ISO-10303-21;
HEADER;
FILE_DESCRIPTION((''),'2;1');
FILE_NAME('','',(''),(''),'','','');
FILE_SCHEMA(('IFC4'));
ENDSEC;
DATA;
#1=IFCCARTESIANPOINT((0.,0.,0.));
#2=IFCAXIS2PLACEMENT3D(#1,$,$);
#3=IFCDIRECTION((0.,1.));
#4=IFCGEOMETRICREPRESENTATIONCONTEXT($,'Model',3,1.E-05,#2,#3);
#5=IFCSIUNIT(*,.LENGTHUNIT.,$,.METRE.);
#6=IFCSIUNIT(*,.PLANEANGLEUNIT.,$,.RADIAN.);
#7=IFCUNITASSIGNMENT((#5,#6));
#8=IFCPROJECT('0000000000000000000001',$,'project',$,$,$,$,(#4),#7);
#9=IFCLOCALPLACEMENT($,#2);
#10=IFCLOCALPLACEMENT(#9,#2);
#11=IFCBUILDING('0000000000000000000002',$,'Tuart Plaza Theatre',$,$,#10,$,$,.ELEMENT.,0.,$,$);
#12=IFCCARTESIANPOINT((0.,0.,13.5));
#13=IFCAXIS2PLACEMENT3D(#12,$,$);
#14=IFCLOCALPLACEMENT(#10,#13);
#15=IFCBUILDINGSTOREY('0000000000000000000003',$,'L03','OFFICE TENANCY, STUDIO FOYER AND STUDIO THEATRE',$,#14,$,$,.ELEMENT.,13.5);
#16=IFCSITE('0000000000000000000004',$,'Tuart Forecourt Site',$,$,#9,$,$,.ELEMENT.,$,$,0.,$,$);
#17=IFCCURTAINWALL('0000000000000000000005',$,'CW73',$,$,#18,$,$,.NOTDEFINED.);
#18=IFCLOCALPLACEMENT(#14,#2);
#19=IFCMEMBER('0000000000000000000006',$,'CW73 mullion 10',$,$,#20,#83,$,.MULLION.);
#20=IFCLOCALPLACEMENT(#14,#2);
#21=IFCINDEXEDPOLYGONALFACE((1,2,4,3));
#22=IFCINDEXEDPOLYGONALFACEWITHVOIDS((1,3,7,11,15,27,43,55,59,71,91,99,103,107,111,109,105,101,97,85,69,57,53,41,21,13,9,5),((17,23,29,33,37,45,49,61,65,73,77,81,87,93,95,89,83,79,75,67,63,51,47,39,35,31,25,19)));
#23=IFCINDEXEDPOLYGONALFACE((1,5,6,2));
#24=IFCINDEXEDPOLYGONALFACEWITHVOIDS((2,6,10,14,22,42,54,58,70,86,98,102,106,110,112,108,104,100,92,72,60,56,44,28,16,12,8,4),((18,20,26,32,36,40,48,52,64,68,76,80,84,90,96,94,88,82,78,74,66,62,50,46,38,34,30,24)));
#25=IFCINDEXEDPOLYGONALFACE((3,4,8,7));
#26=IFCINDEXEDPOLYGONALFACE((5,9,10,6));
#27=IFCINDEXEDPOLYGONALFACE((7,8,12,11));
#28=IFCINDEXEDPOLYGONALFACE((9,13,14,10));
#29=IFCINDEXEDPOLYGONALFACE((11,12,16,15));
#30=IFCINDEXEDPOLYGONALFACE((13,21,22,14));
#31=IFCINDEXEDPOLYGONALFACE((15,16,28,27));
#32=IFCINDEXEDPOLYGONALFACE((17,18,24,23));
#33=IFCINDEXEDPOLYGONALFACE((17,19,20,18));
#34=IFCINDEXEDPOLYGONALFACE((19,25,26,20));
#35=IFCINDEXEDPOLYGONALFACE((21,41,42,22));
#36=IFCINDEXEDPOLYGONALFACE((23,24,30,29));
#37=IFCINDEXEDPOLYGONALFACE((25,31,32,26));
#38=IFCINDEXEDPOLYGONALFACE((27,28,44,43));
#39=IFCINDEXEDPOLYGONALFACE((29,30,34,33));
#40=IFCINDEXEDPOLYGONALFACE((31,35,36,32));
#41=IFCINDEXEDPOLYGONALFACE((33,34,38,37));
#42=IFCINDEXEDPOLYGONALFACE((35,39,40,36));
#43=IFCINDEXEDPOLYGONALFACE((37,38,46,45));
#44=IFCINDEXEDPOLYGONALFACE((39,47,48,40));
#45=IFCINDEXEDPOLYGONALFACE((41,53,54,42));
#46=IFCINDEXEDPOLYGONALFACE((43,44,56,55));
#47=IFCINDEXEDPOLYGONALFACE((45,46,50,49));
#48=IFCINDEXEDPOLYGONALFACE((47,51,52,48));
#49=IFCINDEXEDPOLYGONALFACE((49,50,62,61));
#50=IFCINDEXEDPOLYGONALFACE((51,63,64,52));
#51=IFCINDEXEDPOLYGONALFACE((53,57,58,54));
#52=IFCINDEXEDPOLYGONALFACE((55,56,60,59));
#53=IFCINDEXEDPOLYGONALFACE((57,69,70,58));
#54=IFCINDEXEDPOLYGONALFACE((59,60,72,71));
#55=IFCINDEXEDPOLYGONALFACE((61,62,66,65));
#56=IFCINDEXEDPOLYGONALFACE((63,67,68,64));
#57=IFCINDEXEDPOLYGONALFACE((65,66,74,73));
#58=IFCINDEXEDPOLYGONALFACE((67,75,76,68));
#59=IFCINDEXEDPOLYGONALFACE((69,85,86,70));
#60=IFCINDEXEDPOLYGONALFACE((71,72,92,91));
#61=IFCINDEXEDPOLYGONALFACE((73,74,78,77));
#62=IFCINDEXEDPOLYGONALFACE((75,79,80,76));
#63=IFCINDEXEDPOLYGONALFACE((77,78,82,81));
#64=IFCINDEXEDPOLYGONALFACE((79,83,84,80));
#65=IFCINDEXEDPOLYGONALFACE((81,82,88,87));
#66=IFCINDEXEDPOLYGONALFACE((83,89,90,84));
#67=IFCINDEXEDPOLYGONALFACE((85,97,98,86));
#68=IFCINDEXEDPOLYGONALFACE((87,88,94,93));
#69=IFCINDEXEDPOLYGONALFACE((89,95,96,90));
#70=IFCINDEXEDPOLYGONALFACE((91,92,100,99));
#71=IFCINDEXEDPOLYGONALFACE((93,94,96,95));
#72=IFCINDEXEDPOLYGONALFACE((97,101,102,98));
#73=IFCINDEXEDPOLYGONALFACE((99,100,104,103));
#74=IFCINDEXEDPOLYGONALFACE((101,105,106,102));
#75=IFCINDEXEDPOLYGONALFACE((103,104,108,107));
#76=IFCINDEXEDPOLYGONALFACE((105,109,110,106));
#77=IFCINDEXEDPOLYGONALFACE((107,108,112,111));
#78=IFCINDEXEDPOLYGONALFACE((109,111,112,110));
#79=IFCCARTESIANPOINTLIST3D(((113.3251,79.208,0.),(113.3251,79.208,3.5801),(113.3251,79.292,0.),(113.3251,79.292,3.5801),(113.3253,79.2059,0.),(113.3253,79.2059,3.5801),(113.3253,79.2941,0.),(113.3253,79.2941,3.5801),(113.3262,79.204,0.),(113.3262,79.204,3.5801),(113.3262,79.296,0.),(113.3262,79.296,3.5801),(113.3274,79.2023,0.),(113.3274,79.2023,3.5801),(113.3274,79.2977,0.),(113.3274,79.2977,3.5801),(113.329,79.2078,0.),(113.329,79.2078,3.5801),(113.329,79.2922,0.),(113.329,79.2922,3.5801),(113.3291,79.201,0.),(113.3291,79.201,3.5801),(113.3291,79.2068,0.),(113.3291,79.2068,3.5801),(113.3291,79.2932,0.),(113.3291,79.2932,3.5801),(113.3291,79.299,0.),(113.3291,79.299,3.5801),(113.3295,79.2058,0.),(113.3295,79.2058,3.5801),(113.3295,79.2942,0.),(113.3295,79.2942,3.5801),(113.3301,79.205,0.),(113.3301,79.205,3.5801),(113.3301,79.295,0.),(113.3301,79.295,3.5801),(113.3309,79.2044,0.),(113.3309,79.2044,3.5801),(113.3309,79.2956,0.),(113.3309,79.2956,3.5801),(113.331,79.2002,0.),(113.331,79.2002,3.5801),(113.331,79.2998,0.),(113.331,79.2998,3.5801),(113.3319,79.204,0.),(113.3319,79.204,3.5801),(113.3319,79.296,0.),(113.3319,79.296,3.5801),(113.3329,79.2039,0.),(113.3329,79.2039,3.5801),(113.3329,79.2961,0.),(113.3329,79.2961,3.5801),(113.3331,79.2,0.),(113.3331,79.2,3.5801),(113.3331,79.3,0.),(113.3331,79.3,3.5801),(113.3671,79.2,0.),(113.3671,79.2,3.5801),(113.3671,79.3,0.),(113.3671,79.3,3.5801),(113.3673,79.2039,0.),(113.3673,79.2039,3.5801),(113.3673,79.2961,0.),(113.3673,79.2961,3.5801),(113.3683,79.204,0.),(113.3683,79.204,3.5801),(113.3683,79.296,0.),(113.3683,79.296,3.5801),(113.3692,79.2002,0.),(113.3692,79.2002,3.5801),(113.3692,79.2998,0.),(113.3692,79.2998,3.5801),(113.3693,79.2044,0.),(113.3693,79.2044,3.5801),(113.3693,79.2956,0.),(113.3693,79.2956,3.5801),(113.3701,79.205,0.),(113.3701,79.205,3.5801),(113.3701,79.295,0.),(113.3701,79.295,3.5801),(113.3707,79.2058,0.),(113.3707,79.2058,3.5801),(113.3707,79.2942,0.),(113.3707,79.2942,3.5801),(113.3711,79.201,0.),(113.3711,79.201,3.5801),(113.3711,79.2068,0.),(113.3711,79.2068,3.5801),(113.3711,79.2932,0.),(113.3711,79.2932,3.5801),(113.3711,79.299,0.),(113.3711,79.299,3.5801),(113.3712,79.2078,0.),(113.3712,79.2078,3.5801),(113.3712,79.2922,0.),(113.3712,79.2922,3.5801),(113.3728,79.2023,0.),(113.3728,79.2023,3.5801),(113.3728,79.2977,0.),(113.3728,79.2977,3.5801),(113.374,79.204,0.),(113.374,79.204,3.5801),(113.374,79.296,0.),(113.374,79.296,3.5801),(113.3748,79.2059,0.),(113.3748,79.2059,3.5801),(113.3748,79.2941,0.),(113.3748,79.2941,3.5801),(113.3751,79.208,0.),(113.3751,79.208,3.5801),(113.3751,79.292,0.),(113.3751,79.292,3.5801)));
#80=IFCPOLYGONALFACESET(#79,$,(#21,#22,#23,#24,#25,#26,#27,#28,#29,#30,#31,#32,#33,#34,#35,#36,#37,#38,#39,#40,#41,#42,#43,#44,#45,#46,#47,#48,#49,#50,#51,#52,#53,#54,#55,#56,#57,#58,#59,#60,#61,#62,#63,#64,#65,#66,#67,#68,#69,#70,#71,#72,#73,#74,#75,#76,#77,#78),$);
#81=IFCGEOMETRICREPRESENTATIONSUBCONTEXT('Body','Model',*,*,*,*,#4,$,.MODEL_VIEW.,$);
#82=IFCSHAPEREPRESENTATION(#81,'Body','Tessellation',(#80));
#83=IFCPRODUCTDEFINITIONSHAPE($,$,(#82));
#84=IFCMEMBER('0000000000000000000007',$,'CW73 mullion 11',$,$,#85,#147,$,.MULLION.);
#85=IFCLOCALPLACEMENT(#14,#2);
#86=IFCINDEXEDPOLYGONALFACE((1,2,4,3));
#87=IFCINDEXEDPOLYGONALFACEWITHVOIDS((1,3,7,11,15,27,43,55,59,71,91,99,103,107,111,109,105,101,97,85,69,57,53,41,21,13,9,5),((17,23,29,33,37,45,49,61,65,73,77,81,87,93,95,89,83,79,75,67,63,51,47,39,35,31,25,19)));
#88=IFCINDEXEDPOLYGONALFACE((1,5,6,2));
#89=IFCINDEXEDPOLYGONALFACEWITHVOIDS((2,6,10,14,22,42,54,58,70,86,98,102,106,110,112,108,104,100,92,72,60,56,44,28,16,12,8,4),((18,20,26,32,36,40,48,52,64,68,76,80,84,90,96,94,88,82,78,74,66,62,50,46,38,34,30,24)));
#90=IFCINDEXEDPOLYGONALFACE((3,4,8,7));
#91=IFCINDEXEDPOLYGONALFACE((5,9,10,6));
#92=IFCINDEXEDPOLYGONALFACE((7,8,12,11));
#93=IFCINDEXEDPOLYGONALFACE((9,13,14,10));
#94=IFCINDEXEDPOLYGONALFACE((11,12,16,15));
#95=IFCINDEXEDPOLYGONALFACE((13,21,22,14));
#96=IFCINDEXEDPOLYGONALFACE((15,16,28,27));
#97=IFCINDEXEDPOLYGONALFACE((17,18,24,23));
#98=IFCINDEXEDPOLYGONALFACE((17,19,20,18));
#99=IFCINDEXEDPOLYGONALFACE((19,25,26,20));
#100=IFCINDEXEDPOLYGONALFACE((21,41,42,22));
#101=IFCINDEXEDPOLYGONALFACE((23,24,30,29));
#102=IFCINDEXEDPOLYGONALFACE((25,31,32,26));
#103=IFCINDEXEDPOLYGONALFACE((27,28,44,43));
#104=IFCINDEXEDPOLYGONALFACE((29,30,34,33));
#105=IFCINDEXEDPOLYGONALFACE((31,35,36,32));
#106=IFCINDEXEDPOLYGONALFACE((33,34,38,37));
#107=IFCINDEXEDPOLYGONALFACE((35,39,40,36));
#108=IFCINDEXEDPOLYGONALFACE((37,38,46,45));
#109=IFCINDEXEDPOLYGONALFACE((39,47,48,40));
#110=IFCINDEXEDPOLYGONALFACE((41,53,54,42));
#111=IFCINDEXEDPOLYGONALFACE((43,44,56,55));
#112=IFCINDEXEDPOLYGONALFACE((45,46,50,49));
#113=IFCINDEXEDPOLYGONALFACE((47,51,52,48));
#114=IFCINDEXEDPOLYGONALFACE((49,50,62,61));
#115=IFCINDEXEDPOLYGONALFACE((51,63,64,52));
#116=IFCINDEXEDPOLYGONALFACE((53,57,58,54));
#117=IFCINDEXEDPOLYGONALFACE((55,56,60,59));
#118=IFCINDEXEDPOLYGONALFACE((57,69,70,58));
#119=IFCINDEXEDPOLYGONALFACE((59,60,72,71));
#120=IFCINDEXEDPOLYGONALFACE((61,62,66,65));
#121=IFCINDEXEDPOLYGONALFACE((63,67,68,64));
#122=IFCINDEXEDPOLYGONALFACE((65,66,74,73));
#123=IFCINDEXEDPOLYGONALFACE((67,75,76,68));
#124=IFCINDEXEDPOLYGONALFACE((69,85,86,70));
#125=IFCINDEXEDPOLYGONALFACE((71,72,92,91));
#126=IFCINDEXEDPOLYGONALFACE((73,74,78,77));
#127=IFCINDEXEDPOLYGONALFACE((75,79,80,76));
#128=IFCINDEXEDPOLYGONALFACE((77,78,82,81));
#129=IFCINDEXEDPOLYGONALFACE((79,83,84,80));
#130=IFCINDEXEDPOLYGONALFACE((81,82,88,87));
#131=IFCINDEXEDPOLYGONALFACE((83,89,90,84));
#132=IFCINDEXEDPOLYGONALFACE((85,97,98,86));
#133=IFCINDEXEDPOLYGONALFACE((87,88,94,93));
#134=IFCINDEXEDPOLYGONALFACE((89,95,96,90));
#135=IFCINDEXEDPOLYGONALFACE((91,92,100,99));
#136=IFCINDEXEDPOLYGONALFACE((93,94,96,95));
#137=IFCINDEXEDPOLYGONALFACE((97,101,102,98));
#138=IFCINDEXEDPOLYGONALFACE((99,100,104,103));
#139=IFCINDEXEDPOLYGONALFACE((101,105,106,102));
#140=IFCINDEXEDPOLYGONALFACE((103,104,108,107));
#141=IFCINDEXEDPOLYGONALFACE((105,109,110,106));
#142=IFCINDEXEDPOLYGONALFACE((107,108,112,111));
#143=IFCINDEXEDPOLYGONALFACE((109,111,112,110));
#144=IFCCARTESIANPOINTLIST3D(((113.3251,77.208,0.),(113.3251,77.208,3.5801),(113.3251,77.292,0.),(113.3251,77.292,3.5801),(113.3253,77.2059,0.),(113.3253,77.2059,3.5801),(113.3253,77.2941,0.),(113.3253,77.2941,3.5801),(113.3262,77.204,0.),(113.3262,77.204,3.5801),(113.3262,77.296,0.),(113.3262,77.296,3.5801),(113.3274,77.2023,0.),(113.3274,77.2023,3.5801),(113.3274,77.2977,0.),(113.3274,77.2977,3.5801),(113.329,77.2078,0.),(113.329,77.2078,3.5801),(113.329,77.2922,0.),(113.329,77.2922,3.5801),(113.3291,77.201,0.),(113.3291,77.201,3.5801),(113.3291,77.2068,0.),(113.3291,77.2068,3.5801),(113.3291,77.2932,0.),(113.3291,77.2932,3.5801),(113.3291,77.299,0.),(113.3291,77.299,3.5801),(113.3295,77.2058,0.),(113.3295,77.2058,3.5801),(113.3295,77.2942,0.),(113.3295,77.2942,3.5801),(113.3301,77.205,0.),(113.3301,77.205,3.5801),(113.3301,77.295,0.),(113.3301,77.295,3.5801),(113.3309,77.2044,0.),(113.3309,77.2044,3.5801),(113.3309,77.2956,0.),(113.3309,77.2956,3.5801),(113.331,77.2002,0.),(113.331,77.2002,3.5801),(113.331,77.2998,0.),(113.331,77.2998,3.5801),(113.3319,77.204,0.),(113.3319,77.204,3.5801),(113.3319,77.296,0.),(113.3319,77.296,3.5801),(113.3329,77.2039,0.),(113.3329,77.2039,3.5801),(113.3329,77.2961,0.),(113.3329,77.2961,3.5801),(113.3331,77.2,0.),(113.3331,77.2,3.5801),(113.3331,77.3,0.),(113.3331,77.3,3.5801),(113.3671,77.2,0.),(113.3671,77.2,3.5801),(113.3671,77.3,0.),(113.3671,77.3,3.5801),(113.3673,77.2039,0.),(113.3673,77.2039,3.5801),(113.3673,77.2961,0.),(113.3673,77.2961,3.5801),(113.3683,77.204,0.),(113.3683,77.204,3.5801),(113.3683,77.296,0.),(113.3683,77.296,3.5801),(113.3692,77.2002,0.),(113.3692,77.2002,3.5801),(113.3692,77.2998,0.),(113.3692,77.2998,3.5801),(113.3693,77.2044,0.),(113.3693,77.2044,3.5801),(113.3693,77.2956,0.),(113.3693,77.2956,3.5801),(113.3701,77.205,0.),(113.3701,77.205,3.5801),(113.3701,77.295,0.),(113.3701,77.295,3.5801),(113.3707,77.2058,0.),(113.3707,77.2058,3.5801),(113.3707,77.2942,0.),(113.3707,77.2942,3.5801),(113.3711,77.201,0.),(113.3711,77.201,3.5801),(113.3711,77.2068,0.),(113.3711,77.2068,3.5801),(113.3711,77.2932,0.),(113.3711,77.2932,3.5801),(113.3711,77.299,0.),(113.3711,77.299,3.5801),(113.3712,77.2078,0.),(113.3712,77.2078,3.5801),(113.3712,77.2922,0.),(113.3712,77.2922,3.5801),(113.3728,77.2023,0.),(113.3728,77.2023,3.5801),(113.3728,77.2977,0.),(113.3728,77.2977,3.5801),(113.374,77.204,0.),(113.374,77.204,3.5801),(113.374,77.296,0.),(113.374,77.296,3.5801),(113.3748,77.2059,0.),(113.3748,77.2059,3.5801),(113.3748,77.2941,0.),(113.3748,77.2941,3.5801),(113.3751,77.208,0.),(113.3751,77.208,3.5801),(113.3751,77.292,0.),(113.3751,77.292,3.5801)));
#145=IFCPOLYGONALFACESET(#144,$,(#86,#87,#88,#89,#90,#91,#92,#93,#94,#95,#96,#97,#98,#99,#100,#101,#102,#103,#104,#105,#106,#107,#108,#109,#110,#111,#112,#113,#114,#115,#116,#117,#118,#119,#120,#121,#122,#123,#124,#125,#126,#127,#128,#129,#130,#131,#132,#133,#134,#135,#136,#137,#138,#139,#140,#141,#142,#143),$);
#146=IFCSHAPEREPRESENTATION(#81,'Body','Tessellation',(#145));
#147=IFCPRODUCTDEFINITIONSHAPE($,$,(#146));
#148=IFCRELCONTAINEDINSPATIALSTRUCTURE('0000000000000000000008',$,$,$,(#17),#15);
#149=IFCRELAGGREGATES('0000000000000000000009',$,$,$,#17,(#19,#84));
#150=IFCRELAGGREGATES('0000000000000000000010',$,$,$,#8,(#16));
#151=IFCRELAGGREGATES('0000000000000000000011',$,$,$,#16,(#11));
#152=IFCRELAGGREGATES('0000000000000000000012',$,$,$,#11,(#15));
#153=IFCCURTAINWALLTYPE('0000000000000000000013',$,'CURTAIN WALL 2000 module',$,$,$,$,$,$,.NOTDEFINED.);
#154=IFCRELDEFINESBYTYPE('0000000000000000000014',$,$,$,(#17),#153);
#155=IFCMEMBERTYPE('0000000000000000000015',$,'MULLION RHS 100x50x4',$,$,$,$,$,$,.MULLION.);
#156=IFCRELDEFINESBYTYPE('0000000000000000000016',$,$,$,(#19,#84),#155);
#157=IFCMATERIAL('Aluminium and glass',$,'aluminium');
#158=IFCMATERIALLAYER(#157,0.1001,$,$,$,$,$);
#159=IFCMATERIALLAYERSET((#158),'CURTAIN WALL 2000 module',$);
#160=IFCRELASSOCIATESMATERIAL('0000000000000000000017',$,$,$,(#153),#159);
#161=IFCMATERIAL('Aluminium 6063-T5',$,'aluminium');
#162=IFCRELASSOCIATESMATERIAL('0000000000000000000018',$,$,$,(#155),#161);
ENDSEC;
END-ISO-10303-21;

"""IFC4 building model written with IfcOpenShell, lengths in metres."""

from ifc_helpers import new_model, si_unit, direction, frame, origin, origin_2d, place, context, subcontext, project, spatial, hollow_rectangle, extrude, material, layer, layer_set, material_profile, profile_set, type_object, element, aggregate, save


model = new_model("IFC4")

# Units and contexts
model_context = context("Model", 3, precision=1e-05, world=origin(), true_north=direction((0.0, 1.0)))
body_context = subcontext(model_context, "Body", "Model", "MODEL_VIEW")
ifc_project = project(units=[si_unit("LENGTHUNIT", "METRE"), si_unit("PLANEANGLEUNIT", "RADIAN")], contexts=[model_context])

# Site, building, storey
site_placement = place(None, origin())
site = spatial("IfcSite", under=ifc_project, at=site_placement, Name="Tuart Forecourt Site", CompositionType="ELEMENT", RefElevation=0.0)
building_placement = place(site_placement, origin())
building = spatial("IfcBuilding", under=site, at=building_placement, Name="Tuart Plaza Theatre", CompositionType="ELEMENT", ElevationOfRefHeight=0.0)
storey_placement = place(building_placement, frame((0.0, 0.0, 13.5)))
storey = spatial("IfcBuildingStorey", under=building, at=storey_placement, Name="L03", Description="OFFICE TENANCY, STUDIO FOYER AND STUDIO THEATRE", CompositionType="ELEMENT", Elevation=13.5)

# Curtain wall, members
ifc_material_1 = material(Name="Aluminium and glass", Category="aluminium")
ifc_layer_1 = layer(ifc_material_1, 0.1001)
ifc_layer_set_1 = layer_set([ifc_layer_1], Name="CURTAIN WALL 2000 module")
curtain_wall_type = type_object("IfcCurtainWallType", Name="CURTAIN WALL 2000 module", PredefinedType="NOTDEFINED", material=ifc_layer_set_1)
curtain_wall_placement = place(storey_placement, origin())
curtain_wall = element("IfcCurtainWall", 1, at=curtain_wall_placement, inside=storey, type_object=curtain_wall_type, Name="CW73", PredefinedType="NOTDEFINED")
ifc_material_2 = material(Name="Aluminium 6063-T5", Category="aluminium")
ifc_material_profile_1 = material_profile(ifc_material_2, hollow_rectangle(XDim=0.05, YDim=0.1001, WallThickness=0.0039, InnerFilletRadius=0.0039, OuterFilletRadius=0.0081, at=origin_2d()), Name="RHS 100x50x4")
ifc_profile_set_1 = profile_set([ifc_material_profile_1], Name="Aluminium 6063-T5")
member_type_1 = type_object("IfcMemberType", Name="MULLION RHS 100x50x4", PredefinedType="MULLION", material=ifc_profile_set_1)
member_1_placement = place(storey_placement, frame((113.3501, 79.25, 0.0), z_axis=(0.0, 0.0, 1.0), x_axis=(1.0, 0.0, 0.0)))
member_1 = element("IfcMember", 2, at=member_1_placement, type_object=member_type_1, Name="CW73 mullion 10", PredefinedType="MULLION", context=body_context, shape_type="SweptSolid", body=[
    extrude(hollow_rectangle(XDim=0.05, YDim=0.1001, WallThickness=0.0039, InnerFilletRadius=0.0039, OuterFilletRadius=0.0081, at=origin_2d()), origin(), (0.0, 0.0, 1.0), 3.5801),
])
member_2_placement = place(storey_placement, frame((113.3501, 77.25, 0.0), z_axis=(0.0, 0.0, 1.0), x_axis=(1.0, 0.0, 0.0)))
member_2 = element("IfcMember", 3, at=member_2_placement, type_object=member_type_1, Name="CW73 mullion 11", PredefinedType="MULLION", context=body_context, shape_type="SweptSolid", body=[
    extrude(hollow_rectangle(XDim=0.05, YDim=0.1001, WallThickness=0.0039, InnerFilletRadius=0.0039, OuterFilletRadius=0.0081, at=origin_2d()), origin(), (0.0, 0.0, 1.0), 3.5801),
])
aggregate(curtain_wall, [member_1, member_2])

save(model, "model.ifc")
